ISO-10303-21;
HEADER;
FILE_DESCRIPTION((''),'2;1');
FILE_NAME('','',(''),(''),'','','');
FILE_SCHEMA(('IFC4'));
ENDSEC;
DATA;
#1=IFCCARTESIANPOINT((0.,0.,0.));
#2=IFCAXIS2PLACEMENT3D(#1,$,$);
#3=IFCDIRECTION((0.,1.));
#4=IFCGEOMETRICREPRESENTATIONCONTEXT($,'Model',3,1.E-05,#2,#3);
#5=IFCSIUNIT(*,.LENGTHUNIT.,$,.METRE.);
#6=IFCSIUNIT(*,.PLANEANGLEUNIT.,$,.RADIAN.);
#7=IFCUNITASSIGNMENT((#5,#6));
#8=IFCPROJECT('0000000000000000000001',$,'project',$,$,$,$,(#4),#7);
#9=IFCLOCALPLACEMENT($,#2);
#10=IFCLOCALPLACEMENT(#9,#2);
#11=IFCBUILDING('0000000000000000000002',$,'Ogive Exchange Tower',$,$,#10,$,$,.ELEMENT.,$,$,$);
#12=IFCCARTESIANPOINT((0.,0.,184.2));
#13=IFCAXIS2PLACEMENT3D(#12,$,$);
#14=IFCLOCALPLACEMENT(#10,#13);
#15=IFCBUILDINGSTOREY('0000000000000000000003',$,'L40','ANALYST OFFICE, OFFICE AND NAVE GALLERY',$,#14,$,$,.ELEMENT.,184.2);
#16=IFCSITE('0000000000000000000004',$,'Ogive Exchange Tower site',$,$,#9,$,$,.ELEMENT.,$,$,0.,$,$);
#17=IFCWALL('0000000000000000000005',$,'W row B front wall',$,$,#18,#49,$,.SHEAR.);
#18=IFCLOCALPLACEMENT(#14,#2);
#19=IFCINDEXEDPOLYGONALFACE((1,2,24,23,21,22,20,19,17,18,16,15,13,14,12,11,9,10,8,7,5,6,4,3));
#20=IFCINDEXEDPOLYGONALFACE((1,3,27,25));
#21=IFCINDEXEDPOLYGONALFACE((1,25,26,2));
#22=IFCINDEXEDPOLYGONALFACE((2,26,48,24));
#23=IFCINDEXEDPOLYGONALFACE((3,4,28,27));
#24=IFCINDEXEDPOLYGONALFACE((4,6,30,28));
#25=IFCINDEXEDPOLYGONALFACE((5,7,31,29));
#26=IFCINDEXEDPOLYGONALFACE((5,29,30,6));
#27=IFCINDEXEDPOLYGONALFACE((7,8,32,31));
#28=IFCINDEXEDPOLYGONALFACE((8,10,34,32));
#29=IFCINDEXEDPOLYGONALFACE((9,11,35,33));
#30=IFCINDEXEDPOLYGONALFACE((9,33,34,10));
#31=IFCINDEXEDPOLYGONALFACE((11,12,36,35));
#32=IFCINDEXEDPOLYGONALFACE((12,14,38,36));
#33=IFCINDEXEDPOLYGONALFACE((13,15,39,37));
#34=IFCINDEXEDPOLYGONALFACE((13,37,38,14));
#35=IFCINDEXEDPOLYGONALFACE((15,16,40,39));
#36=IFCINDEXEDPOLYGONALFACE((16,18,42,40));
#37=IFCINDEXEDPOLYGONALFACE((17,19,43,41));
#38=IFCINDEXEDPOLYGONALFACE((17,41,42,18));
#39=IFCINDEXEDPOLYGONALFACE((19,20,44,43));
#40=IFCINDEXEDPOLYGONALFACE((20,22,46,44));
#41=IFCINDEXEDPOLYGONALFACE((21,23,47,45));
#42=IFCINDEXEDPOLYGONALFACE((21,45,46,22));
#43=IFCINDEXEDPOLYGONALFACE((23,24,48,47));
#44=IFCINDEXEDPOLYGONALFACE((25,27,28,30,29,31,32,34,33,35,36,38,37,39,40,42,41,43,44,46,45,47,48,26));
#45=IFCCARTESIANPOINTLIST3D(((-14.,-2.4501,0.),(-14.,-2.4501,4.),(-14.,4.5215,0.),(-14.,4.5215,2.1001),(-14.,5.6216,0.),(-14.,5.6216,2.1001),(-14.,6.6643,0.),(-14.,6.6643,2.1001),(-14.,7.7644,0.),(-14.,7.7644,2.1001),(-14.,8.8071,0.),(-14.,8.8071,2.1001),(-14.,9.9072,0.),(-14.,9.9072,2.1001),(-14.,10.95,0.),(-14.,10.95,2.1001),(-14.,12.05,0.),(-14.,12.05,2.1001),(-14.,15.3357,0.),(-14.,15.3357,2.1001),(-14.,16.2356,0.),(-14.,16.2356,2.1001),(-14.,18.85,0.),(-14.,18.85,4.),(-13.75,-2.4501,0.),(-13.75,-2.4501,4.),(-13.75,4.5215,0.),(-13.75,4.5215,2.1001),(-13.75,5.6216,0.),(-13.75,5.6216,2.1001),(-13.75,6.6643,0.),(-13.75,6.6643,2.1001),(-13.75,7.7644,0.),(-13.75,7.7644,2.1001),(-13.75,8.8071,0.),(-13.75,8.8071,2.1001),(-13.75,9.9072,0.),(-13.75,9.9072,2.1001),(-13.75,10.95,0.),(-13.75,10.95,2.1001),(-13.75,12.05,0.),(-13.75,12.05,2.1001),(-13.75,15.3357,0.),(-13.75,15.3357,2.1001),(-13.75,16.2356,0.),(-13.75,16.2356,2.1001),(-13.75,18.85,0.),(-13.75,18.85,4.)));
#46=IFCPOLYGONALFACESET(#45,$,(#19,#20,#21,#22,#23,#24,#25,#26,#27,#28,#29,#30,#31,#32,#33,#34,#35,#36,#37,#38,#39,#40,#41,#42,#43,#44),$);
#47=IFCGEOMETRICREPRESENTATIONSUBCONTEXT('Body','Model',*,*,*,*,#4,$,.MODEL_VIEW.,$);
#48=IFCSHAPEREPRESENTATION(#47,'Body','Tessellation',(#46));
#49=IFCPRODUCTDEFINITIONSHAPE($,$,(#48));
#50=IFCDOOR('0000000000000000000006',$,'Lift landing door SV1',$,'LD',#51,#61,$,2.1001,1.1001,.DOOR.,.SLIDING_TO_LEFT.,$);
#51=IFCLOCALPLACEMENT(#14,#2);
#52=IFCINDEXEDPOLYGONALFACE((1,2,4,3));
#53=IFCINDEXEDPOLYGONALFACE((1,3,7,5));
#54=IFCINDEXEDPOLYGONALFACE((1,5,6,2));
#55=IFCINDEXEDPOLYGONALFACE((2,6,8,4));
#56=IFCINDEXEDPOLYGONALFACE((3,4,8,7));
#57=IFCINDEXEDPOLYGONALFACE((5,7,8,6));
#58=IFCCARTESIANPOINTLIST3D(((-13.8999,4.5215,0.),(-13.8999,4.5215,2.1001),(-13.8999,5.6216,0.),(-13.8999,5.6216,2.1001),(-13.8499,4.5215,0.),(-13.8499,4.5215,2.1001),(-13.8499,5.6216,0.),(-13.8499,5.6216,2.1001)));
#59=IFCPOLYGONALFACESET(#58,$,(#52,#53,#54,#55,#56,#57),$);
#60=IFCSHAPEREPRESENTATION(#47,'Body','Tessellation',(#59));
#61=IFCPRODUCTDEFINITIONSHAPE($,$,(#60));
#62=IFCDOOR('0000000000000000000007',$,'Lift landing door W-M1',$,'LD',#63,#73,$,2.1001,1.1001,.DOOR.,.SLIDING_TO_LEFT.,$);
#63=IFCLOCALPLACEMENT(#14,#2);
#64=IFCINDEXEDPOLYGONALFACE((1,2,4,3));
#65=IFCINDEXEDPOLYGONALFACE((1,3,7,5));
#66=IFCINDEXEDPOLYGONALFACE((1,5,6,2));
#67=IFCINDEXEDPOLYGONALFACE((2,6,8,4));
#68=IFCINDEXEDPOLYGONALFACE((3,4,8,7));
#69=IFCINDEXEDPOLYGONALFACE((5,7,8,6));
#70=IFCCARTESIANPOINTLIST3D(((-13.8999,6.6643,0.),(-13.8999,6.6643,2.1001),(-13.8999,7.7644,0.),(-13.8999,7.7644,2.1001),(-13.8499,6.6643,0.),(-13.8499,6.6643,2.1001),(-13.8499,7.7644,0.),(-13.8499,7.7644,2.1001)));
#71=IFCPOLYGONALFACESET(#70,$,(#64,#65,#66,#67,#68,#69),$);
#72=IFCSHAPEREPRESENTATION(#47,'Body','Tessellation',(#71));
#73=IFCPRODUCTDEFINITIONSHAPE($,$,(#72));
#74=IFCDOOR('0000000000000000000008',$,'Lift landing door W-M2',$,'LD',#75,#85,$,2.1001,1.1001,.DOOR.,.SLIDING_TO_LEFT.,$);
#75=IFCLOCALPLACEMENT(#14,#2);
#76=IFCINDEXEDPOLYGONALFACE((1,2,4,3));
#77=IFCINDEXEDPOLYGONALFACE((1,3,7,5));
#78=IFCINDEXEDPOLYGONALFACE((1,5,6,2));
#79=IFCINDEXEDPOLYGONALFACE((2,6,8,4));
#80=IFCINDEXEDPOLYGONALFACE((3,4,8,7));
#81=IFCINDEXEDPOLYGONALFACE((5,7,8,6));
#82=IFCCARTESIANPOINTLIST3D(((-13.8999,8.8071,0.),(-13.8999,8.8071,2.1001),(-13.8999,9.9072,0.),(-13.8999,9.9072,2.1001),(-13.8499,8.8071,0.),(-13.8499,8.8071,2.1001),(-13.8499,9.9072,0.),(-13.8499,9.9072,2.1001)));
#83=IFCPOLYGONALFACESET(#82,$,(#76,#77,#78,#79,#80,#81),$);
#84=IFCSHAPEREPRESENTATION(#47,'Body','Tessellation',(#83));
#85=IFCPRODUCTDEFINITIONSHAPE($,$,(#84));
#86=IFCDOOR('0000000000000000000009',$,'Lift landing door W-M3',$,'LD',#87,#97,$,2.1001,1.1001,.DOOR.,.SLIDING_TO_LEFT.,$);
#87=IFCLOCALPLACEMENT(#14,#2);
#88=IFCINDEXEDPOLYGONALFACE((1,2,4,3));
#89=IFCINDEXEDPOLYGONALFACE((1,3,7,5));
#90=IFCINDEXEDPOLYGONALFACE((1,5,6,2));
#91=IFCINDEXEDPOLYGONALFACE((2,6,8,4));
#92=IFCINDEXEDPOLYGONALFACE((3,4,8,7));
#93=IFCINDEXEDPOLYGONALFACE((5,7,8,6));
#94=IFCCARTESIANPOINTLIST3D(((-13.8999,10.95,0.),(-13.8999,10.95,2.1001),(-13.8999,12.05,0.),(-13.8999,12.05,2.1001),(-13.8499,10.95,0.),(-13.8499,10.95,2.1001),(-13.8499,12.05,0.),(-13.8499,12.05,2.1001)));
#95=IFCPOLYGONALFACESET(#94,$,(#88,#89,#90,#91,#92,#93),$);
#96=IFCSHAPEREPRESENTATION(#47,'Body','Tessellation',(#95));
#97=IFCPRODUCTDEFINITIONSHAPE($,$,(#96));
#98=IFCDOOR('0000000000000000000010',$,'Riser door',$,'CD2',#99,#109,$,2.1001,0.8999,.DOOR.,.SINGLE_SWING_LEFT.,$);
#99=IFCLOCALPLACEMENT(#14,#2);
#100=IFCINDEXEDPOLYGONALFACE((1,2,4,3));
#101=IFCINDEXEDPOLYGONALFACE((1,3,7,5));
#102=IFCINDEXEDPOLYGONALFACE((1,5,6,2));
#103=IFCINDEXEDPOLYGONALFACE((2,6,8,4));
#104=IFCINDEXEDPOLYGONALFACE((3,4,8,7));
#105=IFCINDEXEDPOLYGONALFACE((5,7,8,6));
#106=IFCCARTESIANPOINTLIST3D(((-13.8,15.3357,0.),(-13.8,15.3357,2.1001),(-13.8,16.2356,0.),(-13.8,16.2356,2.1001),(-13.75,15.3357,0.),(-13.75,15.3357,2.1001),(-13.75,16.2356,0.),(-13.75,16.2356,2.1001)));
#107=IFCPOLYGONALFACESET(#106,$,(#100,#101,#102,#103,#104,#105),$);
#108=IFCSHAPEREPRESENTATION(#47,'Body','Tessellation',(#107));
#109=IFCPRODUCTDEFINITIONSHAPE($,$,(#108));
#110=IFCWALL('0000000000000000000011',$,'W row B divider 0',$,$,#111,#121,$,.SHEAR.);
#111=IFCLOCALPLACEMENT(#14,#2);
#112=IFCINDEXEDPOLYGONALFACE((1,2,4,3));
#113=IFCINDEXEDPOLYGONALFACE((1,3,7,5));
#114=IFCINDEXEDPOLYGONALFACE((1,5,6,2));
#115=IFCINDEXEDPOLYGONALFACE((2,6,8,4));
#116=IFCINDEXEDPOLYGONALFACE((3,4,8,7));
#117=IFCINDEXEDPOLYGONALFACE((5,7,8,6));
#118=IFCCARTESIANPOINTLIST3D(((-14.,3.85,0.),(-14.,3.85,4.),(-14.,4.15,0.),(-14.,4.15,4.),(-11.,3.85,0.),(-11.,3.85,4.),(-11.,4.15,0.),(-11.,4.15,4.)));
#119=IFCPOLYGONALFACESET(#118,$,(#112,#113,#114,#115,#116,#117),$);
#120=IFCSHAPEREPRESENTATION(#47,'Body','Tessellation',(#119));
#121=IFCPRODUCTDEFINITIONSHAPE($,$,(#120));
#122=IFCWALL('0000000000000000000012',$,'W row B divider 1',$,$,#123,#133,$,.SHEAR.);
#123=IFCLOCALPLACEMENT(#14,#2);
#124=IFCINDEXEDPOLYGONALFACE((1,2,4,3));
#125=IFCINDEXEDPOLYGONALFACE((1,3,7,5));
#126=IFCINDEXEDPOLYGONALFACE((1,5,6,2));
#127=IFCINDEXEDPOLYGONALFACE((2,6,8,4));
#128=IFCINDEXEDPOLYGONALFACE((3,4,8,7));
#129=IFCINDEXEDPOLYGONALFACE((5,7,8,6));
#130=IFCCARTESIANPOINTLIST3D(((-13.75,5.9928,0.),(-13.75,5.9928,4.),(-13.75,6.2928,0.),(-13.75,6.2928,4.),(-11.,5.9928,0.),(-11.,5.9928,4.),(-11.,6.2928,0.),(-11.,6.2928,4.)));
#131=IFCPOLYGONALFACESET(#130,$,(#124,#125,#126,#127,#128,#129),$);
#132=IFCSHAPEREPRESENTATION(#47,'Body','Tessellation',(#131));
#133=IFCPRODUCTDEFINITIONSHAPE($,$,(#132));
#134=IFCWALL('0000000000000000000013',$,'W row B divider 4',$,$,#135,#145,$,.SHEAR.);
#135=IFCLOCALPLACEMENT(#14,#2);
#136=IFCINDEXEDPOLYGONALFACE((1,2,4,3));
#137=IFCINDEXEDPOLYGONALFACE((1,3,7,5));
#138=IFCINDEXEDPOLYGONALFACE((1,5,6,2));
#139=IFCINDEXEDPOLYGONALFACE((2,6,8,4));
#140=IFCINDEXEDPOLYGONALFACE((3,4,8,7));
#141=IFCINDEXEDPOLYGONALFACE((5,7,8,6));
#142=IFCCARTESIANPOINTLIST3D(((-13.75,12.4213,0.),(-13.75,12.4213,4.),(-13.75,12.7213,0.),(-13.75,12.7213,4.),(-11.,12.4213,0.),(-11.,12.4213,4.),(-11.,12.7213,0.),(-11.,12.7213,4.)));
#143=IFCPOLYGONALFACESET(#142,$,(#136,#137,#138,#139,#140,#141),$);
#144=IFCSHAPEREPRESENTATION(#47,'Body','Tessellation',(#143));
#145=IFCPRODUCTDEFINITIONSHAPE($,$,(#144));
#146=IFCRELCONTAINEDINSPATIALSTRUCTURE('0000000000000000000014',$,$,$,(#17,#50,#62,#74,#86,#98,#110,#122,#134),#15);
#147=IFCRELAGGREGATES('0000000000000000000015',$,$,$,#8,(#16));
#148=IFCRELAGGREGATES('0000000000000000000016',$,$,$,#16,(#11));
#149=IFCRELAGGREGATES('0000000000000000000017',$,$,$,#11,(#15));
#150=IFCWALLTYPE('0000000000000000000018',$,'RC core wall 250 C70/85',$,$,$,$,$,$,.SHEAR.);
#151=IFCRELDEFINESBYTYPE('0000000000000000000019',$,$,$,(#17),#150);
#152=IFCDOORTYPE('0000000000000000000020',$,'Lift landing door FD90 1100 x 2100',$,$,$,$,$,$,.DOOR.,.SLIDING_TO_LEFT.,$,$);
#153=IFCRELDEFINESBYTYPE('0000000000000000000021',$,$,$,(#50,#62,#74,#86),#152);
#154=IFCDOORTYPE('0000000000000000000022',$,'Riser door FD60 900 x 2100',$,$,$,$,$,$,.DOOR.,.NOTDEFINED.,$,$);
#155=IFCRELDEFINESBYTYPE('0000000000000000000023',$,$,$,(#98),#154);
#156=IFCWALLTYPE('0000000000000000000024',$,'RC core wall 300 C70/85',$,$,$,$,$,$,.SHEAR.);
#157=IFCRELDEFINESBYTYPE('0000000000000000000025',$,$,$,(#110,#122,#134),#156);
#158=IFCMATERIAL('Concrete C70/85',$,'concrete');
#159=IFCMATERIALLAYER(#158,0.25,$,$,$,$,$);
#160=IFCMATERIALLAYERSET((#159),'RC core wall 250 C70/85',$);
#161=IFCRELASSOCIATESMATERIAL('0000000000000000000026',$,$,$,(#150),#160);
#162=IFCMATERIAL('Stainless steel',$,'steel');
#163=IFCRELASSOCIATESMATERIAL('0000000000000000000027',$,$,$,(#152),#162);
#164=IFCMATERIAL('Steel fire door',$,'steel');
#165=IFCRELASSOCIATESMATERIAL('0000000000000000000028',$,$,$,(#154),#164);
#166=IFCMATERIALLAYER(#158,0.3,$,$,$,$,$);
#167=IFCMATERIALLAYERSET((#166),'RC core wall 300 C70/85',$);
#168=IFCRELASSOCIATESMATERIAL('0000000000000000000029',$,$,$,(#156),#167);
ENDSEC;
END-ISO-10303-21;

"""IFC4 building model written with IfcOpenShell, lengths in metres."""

from ifc_helpers import new_model, si_unit, direction, frame, frame_2d, origin, place, context, subcontext, project, spatial, rectangle, extrude, material, layer, layer_set, type_object, element, fill, save


model = new_model("IFC4")

# Units and contexts
model_context = context("Model", 3, precision=1e-05, world=origin(), true_north=direction((0.0, 1.0)))
body_context = subcontext(model_context, "Body", "Model", "MODEL_VIEW")
ifc_project = project(units=[si_unit("LENGTHUNIT", "METRE"), si_unit("PLANEANGLEUNIT", "RADIAN")], contexts=[model_context])

# Site, building, storey
site_placement = place(None, origin())
site = spatial("IfcSite", under=ifc_project, at=site_placement, Name="Ogive Exchange Tower site", CompositionType="ELEMENT", RefElevation=0.0)
building_placement = place(site_placement, origin())
building = spatial("IfcBuilding", under=site, at=building_placement, Name="Ogive Exchange Tower", CompositionType="ELEMENT")
storey_placement = place(building_placement, frame((0.0, 0.0, 184.2)))
storey = spatial("IfcBuildingStorey", under=building, at=storey_placement, Name="L40", Description="ANALYST OFFICE, OFFICE AND NAVE GALLERY", CompositionType="ELEMENT", Elevation=184.2)

# Shared definitions
ifc_material_1 = material(Name="Concrete C70/85", Category="concrete")
ifc_material_2 = material(Name="Steel fire door", Category="steel")
ifc_layer_1 = layer(ifc_material_1, 0.25)
ifc_layer_set_1 = layer_set([ifc_layer_1], Name="RC core wall 250 C70/85")
wall_type_1 = type_object("IfcWallType", Name="RC core wall 250 C70/85", PredefinedType="SHEAR", material=ifc_layer_set_1)

# Wall, openings, doors
ifc_material_3 = material(Name="Stainless steel", Category="steel")
door_type_1 = type_object("IfcDoorType", Name="Lift landing door FD90 1100 x 2100", OperationType="SLIDING_TO_LEFT", PredefinedType="DOOR", material=ifc_material_3)
door_type_2 = type_object("IfcDoorType", Name="Riser door FD60 900 x 2100", OperationType="NOTDEFINED", PredefinedType="DOOR", material=ifc_material_2)
wall_1_placement = place(storey_placement, frame((-13.875, -2.45, 0.0), z_axis=(0.0, 0.0, 1.0), x_axis=(0.0, 1.0, 0.0)))
wall_1 = element("IfcWall", 1, at=wall_1_placement, inside=storey, type_object=wall_type_1, Name="W row B front wall", PredefinedType="SHEAR", context=body_context, shape_type="SweptSolid", body=[
    extrude(rectangle(XDim=21.3, YDim=0.25, at=frame_2d((10.6499, 0.0))), origin(), (0.0, 0.0, 1.0), 4.0),
])
opening_1_placement = place(wall_1_placement, frame((17.7856, 0.0, 0.0)))
opening_1 = element("IfcOpeningElement", 2, at=opening_1_placement, cuts=wall_1, PredefinedType="OPENING", context=body_context, shape_type="SweptSolid", body=[
    extrude(rectangle(XDim=0.8999, YDim=2.1001, at=frame_2d((0.45, 1.05))), frame((0.0, 0.135, 0.0), z_axis=(0.0, -1.0, 0.0), x_axis=(1.0, 0.0, 0.0)), (0.0, 0.0, 1.0), 0.27),
])
opening_2_placement = place(wall_1_placement, frame((6.9714, 0.0, 0.0)))
opening_2 = element("IfcOpeningElement", 3, at=opening_2_placement, cuts=wall_1, PredefinedType="OPENING", context=body_context, shape_type="SweptSolid", body=[
    extrude(rectangle(XDim=1.1001, YDim=2.1001, at=frame_2d((0.55, 1.05))), frame((0.0, 0.135, 0.0), z_axis=(0.0, -1.0, 0.0), x_axis=(1.0, 0.0, 0.0)), (0.0, 0.0, 1.0), 0.27),
])
opening_3_placement = place(wall_1_placement, frame((9.1143, 0.0, 0.0)))
opening_3 = element("IfcOpeningElement", 4, at=opening_3_placement, cuts=wall_1, PredefinedType="OPENING", context=body_context, shape_type="SweptSolid", body=[
    extrude(rectangle(XDim=1.1001, YDim=2.1001, at=frame_2d((0.55, 1.05))), frame((0.0, 0.135, 0.0), z_axis=(0.0, -1.0, 0.0), x_axis=(1.0, 0.0, 0.0)), (0.0, 0.0, 1.0), 0.27),
])
opening_4_placement = place(wall_1_placement, frame((11.2571, 0.0, 0.0)))
opening_4 = element("IfcOpeningElement", 5, at=opening_4_placement, cuts=wall_1, PredefinedType="OPENING", context=body_context, shape_type="SweptSolid", body=[
    extrude(rectangle(XDim=1.1001, YDim=2.1001, at=frame_2d((0.55, 1.05))), frame((0.0, 0.135, 0.0), z_axis=(0.0, -1.0, 0.0), x_axis=(1.0, 0.0, 0.0)), (0.0, 0.0, 1.0), 0.27),
])
opening_5_placement = place(wall_1_placement, frame((13.3999, 0.0, 0.0)))
opening_5 = element("IfcOpeningElement", 6, at=opening_5_placement, cuts=wall_1, PredefinedType="OPENING", context=body_context, shape_type="SweptSolid", body=[
    extrude(rectangle(XDim=1.1001, YDim=2.1001, at=frame_2d((0.55, 1.05))), frame((0.0, 0.135, 0.0), z_axis=(0.0, -1.0, 0.0), x_axis=(1.0, 0.0, 0.0)), (0.0, 0.0, 1.0), 0.27),
])
door_1_placement = place(opening_2_placement, origin())
door_1 = element("IfcDoor", 7, at=door_1_placement, inside=storey, type_object=door_type_1, Name="Lift landing door SV1", ObjectType="LD", OperationType="SLIDING_TO_LEFT", OverallHeight=2.1001, OverallWidth=1.1001, PredefinedType="DOOR", context=body_context, shape_type="SweptSolid", body=[
    extrude(rectangle(XDim=1.1001, YDim=2.1001, at=frame_2d((0.55, 1.05))), frame((0.0, 0.0249, 0.0), z_axis=(0.0, -1.0, 0.0), x_axis=(1.0, 0.0, 0.0)), (0.0, 0.0, 1.0), 0.05),
])
fill(opening_2, door_1)
door_2_placement = place(opening_3_placement, origin())
door_2 = element("IfcDoor", 8, at=door_2_placement, inside=storey, type_object=door_type_1, Name="Lift landing door W-M1", ObjectType="LD", OperationType="SLIDING_TO_LEFT", OverallHeight=2.1001, OverallWidth=1.1001, PredefinedType="DOOR", context=body_context, shape_type="SweptSolid", body=[
    extrude(rectangle(XDim=1.1001, YDim=2.1001, at=frame_2d((0.55, 1.05))), frame((0.0, 0.0249, 0.0), z_axis=(0.0, -1.0, 0.0), x_axis=(1.0, 0.0, 0.0)), (0.0, 0.0, 1.0), 0.05),
])
fill(opening_3, door_2)
door_3_placement = place(opening_4_placement, origin())
door_3 = element("IfcDoor", 9, at=door_3_placement, inside=storey, type_object=door_type_1, Name="Lift landing door W-M2", ObjectType="LD", OperationType="SLIDING_TO_LEFT", OverallHeight=2.1001, OverallWidth=1.1001, PredefinedType="DOOR", context=body_context, shape_type="SweptSolid", body=[
    extrude(rectangle(XDim=1.1001, YDim=2.1001, at=frame_2d((0.55, 1.05))), frame((0.0, 0.0249, 0.0), z_axis=(0.0, -1.0, 0.0), x_axis=(1.0, 0.0, 0.0)), (0.0, 0.0, 1.0), 0.05),
])
fill(opening_4, door_3)
door_4_placement = place(opening_5_placement, origin())
door_4 = element("IfcDoor", 10, at=door_4_placement, inside=storey, type_object=door_type_1, Name="Lift landing door W-M3", ObjectType="LD", OperationType="SLIDING_TO_LEFT", OverallHeight=2.1001, OverallWidth=1.1001, PredefinedType="DOOR", context=body_context, shape_type="SweptSolid", body=[
    extrude(rectangle(XDim=1.1001, YDim=2.1001, at=frame_2d((0.55, 1.05))), frame((0.0, 0.0249, 0.0), z_axis=(0.0, -1.0, 0.0), x_axis=(1.0, 0.0, 0.0)), (0.0, 0.0, 1.0), 0.05),
])
fill(opening_5, door_4)
door_5_placement = place(opening_1_placement, frame((0.8999, -0.2002, 0.0), z_axis=(0.0, 0.0, 1.0), x_axis=(-1.0, 0.0, 0.0)))
door_5 = element("IfcDoor", 11, at=door_5_placement, inside=storey, type_object=door_type_2, Name="Riser door", ObjectType="CD2", OperationType="SINGLE_SWING_LEFT", OverallHeight=2.1001, OverallWidth=0.8999, PredefinedType="DOOR", context=body_context, shape_type="SweptSolid", body=[
    extrude(rectangle(XDim=0.8999, YDim=2.1001, at=frame_2d((0.45, 1.05))), frame((0.0, -0.0752, 0.0), z_axis=(0.0, -1.0, 0.0), x_axis=(1.0, 0.0, 0.0)), (0.0, 0.0, 1.0), 0.05),
])
fill(opening_1, door_5)

# Walls
ifc_layer_2 = layer(ifc_material_1, 0.3)
ifc_layer_set_2 = layer_set([ifc_layer_2], Name="RC core wall 300 C70/85")
wall_type_2 = type_object("IfcWallType", Name="RC core wall 300 C70/85", PredefinedType="SHEAR", material=ifc_layer_set_2)
wall_2_placement = place(storey_placement, frame((-14.0, 4.0, 0.0), z_axis=(0.0, 0.0, 1.0), x_axis=(1.0, 0.0, 0.0)))
element("IfcWall", 12, at=wall_2_placement, inside=storey, type_object=wall_type_2, Name="W row B divider 0", PredefinedType="SHEAR", context=body_context, shape_type="SweptSolid", body=[
    extrude(rectangle(XDim=3.0, YDim=0.3, at=frame_2d((1.5, 0.0))), origin(), (0.0, 0.0, 1.0), 4.0),
])
for number, where, z_axis, x_axis, name in (
    (13, (-13.75, 6.1428, 0.0), (0.0, 0.0, 1.0), (1.0, 0.0, 0.0), "W row B divider 1"),
    (14, (-13.75, 12.5713, 0.0), (0.0, 0.0, 1.0), (1.0, 0.0, 0.0), "W row B divider 4"),
):
    element("IfcWall", number, at=place(storey_placement, frame(where, z_axis=z_axis, x_axis=x_axis)), inside=storey, type_object=wall_type_2, Name=name, PredefinedType="SHEAR", context=body_context, shape_type="SweptSolid", body=[
        extrude(rectangle(XDim=2.75, YDim=0.3, at=frame_2d((1.375, 0.0))), origin(), (0.0, 0.0, 1.0), 4.0),
    ])

save(model, "model.ifc")
